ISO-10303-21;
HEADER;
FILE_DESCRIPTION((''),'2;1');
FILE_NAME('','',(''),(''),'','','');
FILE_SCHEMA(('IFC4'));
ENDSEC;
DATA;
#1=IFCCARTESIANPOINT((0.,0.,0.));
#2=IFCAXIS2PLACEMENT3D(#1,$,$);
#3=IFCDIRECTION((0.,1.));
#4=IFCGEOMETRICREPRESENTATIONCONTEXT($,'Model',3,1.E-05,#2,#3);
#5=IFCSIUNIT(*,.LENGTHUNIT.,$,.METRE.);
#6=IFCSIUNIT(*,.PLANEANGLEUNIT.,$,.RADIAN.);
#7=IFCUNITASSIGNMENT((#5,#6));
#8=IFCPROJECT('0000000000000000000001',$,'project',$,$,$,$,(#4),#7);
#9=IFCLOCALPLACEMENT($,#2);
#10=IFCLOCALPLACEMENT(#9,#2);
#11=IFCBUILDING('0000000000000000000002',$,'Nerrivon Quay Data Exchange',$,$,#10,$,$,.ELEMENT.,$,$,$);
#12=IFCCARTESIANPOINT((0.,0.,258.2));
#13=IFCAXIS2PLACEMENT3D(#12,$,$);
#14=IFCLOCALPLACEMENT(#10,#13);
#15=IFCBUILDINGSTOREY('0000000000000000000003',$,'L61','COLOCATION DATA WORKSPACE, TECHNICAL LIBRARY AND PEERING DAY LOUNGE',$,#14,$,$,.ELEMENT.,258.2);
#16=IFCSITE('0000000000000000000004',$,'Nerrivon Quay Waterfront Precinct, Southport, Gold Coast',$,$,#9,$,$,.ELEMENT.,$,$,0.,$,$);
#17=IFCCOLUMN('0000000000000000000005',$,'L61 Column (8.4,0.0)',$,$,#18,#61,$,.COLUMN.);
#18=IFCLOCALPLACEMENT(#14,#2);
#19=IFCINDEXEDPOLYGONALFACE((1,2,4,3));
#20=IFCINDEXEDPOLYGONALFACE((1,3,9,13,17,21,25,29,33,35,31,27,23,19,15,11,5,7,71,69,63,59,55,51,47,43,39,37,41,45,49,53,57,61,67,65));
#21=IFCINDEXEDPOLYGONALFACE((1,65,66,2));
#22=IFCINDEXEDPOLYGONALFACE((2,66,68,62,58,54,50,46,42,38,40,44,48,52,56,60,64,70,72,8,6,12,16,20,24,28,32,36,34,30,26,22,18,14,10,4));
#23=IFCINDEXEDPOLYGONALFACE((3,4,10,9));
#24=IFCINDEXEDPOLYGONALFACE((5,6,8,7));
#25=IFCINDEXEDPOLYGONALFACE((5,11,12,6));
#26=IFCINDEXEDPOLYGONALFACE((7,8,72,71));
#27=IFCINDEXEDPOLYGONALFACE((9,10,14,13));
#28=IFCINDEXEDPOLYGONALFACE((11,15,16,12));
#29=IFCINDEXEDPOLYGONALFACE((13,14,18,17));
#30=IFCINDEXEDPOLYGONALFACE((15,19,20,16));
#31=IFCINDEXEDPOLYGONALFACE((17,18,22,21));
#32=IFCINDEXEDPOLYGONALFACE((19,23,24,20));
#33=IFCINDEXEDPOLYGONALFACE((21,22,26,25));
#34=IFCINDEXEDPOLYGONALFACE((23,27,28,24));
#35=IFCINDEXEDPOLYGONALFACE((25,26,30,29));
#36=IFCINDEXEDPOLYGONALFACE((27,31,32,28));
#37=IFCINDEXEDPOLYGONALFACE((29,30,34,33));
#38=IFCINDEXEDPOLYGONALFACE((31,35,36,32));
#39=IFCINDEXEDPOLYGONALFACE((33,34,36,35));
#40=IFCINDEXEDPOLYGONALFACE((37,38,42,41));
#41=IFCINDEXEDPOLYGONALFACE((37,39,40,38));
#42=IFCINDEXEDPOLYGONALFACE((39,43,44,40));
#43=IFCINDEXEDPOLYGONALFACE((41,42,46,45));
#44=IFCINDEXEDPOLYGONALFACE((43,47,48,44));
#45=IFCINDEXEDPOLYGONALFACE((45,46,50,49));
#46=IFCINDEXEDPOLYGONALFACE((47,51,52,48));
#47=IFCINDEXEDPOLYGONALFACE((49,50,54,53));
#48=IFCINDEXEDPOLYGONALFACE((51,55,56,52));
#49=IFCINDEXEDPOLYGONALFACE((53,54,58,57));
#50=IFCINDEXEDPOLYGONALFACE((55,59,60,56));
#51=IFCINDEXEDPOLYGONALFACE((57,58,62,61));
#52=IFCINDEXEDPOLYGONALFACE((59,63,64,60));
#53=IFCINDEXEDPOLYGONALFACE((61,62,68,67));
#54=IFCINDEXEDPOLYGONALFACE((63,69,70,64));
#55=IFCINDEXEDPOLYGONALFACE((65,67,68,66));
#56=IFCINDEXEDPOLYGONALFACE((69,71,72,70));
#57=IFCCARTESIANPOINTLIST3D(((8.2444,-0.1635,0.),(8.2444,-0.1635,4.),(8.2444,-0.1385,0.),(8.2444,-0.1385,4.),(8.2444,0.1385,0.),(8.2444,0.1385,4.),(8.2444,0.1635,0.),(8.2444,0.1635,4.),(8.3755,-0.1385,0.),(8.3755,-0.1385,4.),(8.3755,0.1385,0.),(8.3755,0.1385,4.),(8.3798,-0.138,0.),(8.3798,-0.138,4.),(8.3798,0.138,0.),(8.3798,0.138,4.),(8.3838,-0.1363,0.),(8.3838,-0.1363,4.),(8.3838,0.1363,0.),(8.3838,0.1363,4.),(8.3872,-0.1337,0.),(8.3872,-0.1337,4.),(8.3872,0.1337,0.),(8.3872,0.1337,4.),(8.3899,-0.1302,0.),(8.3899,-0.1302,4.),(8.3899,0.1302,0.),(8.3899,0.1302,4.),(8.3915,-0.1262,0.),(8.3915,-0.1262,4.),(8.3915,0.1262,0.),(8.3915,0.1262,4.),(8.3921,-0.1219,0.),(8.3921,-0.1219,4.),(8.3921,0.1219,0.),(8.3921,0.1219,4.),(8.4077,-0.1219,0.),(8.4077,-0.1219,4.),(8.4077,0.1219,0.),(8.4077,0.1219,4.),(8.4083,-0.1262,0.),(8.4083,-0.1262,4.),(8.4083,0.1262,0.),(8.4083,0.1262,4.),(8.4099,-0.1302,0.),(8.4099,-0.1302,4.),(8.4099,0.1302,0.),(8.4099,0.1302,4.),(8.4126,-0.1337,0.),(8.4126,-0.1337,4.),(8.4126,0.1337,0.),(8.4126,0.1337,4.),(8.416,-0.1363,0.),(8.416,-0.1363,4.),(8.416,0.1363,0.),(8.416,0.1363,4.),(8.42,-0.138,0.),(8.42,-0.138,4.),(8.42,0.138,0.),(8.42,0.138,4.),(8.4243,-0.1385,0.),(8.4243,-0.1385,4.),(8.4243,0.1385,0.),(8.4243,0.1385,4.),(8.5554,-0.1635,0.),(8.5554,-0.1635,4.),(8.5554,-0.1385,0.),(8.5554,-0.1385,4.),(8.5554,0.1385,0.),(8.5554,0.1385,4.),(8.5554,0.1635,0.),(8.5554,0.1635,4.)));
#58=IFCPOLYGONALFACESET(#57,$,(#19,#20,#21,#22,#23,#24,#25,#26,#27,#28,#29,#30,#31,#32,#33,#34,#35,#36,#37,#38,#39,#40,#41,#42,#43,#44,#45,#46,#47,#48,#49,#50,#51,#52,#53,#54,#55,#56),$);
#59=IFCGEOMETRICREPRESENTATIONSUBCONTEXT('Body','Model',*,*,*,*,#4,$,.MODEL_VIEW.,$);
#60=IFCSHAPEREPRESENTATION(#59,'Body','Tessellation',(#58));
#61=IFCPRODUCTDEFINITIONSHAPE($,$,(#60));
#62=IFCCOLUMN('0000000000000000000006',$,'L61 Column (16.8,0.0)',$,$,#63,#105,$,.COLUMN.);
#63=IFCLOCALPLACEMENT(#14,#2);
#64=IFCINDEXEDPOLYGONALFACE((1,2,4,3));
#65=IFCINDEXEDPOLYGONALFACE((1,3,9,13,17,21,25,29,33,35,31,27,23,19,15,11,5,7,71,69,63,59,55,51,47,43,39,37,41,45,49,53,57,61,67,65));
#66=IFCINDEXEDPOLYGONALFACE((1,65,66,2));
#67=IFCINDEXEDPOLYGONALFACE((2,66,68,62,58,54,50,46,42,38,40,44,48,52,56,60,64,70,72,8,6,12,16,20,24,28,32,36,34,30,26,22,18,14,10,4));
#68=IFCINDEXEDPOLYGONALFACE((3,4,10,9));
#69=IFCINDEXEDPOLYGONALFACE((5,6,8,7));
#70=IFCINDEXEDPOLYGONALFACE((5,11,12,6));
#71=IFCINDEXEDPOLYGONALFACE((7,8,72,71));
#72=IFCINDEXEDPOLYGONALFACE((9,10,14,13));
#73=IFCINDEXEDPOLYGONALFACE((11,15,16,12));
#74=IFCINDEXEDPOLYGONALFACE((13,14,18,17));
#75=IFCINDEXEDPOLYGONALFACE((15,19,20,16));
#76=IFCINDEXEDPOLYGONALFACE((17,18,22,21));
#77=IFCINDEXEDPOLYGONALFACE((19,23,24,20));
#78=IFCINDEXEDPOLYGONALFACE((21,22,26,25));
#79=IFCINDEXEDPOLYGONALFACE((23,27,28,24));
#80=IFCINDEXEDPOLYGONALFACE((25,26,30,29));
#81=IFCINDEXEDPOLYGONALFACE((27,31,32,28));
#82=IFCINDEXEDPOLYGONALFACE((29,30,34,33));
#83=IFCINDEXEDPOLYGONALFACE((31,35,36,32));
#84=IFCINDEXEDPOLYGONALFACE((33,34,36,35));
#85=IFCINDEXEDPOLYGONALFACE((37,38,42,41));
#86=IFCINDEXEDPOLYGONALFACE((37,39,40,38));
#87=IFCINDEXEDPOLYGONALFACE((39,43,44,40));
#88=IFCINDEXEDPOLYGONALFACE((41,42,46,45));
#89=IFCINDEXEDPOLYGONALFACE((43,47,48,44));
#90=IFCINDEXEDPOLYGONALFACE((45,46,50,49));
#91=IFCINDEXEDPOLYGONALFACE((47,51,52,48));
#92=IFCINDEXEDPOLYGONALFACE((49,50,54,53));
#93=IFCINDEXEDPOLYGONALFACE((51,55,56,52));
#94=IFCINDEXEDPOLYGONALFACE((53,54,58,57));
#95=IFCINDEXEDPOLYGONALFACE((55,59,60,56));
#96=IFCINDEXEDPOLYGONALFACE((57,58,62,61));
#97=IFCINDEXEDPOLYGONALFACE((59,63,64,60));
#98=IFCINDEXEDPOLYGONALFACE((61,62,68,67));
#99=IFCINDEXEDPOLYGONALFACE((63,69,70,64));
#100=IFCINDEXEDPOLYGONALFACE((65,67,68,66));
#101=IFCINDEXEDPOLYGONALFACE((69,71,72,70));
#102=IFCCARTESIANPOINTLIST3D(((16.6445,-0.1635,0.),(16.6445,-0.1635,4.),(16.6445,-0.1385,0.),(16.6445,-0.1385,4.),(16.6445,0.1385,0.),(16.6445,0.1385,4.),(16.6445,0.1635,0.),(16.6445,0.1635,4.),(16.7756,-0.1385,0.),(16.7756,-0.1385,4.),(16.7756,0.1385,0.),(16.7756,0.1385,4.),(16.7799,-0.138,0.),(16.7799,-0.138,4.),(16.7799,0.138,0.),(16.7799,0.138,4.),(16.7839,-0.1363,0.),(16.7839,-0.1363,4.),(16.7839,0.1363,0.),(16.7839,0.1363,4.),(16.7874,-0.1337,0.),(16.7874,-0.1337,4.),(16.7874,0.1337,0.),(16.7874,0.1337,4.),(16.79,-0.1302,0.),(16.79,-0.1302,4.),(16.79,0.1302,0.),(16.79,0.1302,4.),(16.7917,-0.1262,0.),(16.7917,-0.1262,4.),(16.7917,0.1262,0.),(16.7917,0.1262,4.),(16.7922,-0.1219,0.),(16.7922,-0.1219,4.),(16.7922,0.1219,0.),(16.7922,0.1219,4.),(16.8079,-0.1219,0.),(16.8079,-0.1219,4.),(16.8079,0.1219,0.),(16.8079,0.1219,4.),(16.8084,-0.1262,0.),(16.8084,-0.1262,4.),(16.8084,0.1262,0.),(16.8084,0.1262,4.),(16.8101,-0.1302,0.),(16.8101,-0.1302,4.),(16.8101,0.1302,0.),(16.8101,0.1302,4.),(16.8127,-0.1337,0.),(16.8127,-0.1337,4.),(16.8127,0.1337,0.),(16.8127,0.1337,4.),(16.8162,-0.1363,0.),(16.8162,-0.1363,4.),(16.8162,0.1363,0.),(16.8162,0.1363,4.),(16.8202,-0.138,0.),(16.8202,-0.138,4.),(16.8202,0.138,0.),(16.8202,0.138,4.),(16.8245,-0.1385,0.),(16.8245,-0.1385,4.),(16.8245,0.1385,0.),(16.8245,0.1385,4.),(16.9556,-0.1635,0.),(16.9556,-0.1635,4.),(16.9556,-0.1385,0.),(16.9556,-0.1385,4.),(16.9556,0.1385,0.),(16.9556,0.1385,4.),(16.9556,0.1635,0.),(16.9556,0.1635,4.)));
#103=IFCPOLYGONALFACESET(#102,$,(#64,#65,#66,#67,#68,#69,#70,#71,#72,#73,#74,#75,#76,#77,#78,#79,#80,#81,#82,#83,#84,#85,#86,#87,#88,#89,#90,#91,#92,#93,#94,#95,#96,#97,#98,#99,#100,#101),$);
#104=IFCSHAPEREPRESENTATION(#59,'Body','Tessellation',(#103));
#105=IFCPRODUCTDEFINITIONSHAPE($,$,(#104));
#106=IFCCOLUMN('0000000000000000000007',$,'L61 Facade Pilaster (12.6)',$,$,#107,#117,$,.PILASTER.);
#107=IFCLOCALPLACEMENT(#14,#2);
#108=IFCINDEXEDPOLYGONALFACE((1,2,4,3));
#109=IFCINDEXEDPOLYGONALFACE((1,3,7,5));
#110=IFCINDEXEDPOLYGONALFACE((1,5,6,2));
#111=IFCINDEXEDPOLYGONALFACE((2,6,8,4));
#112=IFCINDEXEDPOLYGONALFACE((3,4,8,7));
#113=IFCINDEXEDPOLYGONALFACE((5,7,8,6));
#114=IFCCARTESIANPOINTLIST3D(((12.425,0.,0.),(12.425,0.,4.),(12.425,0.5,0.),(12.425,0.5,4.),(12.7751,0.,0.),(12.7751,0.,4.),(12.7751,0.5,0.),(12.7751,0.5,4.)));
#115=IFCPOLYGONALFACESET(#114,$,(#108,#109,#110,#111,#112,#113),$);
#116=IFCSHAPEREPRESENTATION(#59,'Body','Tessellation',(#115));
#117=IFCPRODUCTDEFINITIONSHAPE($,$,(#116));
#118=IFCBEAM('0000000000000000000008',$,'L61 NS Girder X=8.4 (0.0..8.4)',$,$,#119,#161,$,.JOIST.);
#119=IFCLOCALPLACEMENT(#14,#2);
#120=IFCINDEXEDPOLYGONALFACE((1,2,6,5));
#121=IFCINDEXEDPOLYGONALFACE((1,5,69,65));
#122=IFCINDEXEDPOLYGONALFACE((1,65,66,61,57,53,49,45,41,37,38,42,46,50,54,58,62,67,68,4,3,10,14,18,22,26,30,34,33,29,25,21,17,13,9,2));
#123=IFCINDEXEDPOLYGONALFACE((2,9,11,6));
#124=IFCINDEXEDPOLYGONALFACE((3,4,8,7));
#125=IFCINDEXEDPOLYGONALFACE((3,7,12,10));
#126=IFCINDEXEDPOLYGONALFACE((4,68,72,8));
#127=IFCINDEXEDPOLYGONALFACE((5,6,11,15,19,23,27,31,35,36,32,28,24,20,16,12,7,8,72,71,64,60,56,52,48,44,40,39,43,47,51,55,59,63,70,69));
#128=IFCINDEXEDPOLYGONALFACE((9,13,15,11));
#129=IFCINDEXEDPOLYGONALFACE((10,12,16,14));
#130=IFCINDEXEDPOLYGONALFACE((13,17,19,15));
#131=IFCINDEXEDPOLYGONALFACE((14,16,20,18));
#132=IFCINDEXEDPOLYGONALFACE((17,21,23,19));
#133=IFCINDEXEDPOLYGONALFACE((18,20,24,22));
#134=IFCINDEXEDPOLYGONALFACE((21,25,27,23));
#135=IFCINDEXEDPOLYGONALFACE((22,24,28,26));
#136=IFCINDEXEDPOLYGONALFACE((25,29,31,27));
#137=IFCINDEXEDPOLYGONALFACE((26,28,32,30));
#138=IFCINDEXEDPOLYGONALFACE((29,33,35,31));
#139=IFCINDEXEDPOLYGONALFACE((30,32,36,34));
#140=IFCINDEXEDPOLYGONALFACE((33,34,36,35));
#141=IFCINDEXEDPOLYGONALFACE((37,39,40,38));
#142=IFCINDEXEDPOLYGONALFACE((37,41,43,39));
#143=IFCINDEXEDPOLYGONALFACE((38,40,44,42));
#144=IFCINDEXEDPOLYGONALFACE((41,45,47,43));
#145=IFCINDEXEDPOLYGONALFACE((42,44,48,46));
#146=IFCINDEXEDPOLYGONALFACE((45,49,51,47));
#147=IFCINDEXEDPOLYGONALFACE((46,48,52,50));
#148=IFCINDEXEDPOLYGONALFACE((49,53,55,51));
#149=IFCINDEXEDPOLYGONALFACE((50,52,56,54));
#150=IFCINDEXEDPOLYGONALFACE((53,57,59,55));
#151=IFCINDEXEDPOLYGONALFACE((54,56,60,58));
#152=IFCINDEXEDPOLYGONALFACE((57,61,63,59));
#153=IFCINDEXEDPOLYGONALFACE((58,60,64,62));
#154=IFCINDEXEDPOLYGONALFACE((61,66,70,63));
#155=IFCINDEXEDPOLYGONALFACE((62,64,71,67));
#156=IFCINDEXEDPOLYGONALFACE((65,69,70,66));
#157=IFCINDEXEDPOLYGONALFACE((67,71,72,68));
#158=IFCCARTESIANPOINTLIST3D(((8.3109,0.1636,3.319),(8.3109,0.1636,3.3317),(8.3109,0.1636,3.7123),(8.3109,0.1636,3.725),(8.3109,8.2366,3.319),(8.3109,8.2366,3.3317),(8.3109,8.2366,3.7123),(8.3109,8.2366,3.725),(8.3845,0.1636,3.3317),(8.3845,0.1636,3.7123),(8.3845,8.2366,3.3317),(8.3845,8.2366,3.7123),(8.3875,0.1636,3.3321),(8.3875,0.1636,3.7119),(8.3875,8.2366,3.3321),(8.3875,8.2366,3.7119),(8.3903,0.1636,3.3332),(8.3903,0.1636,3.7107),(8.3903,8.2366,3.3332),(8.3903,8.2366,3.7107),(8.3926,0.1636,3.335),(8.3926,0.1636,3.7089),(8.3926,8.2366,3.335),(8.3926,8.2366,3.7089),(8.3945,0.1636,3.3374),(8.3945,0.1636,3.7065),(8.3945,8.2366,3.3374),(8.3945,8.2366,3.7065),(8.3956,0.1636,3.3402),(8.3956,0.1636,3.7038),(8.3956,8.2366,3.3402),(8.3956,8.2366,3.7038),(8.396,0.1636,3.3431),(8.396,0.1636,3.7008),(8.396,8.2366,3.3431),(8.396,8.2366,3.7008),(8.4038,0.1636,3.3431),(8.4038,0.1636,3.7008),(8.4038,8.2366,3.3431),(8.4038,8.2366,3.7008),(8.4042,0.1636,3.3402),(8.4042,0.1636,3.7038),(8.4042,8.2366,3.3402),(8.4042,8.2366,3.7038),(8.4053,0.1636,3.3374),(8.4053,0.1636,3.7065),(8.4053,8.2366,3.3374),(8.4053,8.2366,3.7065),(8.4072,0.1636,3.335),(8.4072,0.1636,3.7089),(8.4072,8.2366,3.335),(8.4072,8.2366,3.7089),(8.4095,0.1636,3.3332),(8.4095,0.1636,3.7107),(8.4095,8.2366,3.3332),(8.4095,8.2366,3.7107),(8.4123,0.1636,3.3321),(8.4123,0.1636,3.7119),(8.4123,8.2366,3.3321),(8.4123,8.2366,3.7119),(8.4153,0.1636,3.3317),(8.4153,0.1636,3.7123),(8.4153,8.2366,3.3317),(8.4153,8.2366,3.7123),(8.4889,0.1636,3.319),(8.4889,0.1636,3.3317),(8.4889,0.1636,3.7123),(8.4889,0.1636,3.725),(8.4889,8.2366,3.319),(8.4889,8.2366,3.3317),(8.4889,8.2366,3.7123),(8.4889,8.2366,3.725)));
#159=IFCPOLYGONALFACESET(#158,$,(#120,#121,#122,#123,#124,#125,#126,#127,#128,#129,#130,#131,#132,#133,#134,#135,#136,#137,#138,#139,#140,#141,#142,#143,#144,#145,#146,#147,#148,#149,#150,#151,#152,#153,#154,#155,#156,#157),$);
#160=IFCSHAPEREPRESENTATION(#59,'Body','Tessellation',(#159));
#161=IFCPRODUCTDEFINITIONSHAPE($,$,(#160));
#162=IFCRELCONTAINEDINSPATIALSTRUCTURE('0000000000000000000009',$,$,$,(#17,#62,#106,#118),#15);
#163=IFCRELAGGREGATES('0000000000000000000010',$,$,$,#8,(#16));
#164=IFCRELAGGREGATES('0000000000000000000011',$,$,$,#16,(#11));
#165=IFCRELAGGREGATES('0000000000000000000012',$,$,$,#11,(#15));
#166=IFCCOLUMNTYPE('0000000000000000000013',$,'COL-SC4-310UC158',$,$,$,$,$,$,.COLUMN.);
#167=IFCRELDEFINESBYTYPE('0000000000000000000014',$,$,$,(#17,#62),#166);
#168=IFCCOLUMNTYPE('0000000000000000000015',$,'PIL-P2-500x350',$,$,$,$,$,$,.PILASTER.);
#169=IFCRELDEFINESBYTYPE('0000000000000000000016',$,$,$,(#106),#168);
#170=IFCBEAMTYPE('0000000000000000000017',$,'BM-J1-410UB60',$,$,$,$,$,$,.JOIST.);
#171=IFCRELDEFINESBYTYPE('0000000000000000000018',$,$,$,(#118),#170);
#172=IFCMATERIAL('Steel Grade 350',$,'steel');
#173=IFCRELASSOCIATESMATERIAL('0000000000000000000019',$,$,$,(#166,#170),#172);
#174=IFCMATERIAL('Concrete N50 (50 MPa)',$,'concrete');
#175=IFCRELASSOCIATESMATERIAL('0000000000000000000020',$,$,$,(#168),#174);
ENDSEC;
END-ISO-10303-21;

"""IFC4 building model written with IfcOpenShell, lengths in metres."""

from ifc_helpers import new_model, si_unit, direction, frame, origin, origin_2d, place, context, subcontext, project, spatial, rectangle, i_section, extrude, material, material_profile, profile_set, type_object, element, save


model = new_model("IFC4")

# Units and contexts
model_context = context("Model", 3, precision=1e-05, world=origin(), true_north=direction((0.0, 1.0)))
body_context = subcontext(model_context, "Body", "Model", "MODEL_VIEW")
ifc_project = project(units=[si_unit("LENGTHUNIT", "METRE"), si_unit("PLANEANGLEUNIT", "RADIAN")], contexts=[model_context])

# Site, building, storey
site_placement = place(None, origin())
site = spatial("IfcSite", under=ifc_project, at=site_placement, Name="Nerrivon Quay Waterfront Precinct, Southport, Gold Coast", CompositionType="ELEMENT", RefElevation=0.0)
building_placement = place(site_placement, origin())
building = spatial("IfcBuilding", under=site, at=building_placement, Name="Nerrivon Quay Data Exchange", CompositionType="ELEMENT")
storey_placement = place(building_placement, frame((0.0, 0.0, 258.2)))
storey = spatial("IfcBuildingStorey", under=building, at=storey_placement, Name="L61", Description="COLOCATION DATA WORKSPACE, TECHNICAL LIBRARY AND PEERING DAY LOUNGE", CompositionType="ELEMENT", Elevation=258.2)

# Columns
ifc_material_1 = material(Name="Steel Grade 350", Category="steel")
ifc_material_profile_1 = material_profile(ifc_material_1, i_section(OverallWidth=0.311, OverallDepth=0.3269, WebThickness=0.0156, FlangeThickness=0.0249, FilletRadius=0.0166, at=origin_2d()), Name="310UC158")
ifc_profile_set_1 = profile_set([ifc_material_profile_1], Name="Steel Grade 350")
column_type_1 = type_object("IfcColumnType", Name="COL-SC4-310UC158", PredefinedType="COLUMN", material=ifc_profile_set_1)
for number, where, z_axis, x_axis, name in (
    (1, (8.3999, 0.0, 0.0), (0.0, 0.0, 1.0), (1.0, 0.0, 0.0), "L61 Column (8.4,0.0)"),
    (2, (16.8, 0.0, 0.0), (0.0, 0.0, 1.0), (1.0, 0.0, 0.0), "L61 Column (16.8,0.0)"),
):
    element("IfcColumn", number, at=place(storey_placement, frame(where, z_axis=z_axis, x_axis=x_axis)), inside=storey, type_object=column_type_1, Name=name, PredefinedType="COLUMN", context=body_context, shape_type="SweptSolid", body=[
        extrude(i_section(OverallWidth=0.311, OverallDepth=0.3269, WebThickness=0.0156, FlangeThickness=0.0249, FilletRadius=0.0166, at=origin_2d()), origin(), (0.0, 0.0, 1.0), 4.0),
    ])
ifc_material_2 = material(Name="Concrete N50 (50 MPa)", Category="concrete")
ifc_material_profile_2 = material_profile(ifc_material_2, rectangle(XDim=0.3501, YDim=0.5, at=origin_2d()), Name="RC-PIL-500x350")
ifc_profile_set_2 = profile_set([ifc_material_profile_2], Name="Concrete N50 (50 MPa)")
column_type_2 = type_object("IfcColumnType", Name="PIL-P2-500x350", PredefinedType="PILASTER", material=ifc_profile_set_2)
column_placement = place(storey_placement, frame((12.6001, 0.25, 0.0), z_axis=(0.0, 0.0, 1.0), x_axis=(1.0, 0.0, 0.0)))
element("IfcColumn", 3, at=column_placement, inside=storey, type_object=column_type_2, Name="L61 Facade Pilaster (12.6)", PredefinedType="PILASTER", context=body_context, shape_type="SweptSolid", body=[
    extrude(rectangle(XDim=0.3501, YDim=0.5, at=origin_2d()), origin(), (0.0, 0.0, 1.0), 4.0),
])

# Beam
ifc_material_profile_3 = material_profile(ifc_material_1, i_section(OverallWidth=0.178, OverallDepth=0.406, WebThickness=0.0078, FlangeThickness=0.0127, FilletRadius=0.0115, at=origin_2d()), Name="410UB59.7")
ifc_profile_set_3 = profile_set([ifc_material_profile_3], Name="Steel Grade 350")
beam_type_1 = type_object("IfcBeamType", Name="BM-J1-410UB60", PredefinedType="JOIST", material=ifc_profile_set_3)
beam_1_placement = place(storey_placement, frame((8.3999, 0.1636, 3.522), z_axis=(0.0, 1.0, 0.0), x_axis=(-1.0, 0.0, 0.0)))
element("IfcBeam", 4, at=beam_1_placement, inside=storey, type_object=beam_type_1, Name="L61 NS Girder X=8.4 (0.0..8.4)", PredefinedType="JOIST", context=body_context, shape_type="SweptSolid", body=[
    extrude(i_section(OverallWidth=0.178, OverallDepth=0.406, WebThickness=0.0078, FlangeThickness=0.0127, FilletRadius=0.0115, at=origin_2d()), origin(), (0.0, 0.0, 1.0), 8.073),
])

save(model, "model.ifc")
